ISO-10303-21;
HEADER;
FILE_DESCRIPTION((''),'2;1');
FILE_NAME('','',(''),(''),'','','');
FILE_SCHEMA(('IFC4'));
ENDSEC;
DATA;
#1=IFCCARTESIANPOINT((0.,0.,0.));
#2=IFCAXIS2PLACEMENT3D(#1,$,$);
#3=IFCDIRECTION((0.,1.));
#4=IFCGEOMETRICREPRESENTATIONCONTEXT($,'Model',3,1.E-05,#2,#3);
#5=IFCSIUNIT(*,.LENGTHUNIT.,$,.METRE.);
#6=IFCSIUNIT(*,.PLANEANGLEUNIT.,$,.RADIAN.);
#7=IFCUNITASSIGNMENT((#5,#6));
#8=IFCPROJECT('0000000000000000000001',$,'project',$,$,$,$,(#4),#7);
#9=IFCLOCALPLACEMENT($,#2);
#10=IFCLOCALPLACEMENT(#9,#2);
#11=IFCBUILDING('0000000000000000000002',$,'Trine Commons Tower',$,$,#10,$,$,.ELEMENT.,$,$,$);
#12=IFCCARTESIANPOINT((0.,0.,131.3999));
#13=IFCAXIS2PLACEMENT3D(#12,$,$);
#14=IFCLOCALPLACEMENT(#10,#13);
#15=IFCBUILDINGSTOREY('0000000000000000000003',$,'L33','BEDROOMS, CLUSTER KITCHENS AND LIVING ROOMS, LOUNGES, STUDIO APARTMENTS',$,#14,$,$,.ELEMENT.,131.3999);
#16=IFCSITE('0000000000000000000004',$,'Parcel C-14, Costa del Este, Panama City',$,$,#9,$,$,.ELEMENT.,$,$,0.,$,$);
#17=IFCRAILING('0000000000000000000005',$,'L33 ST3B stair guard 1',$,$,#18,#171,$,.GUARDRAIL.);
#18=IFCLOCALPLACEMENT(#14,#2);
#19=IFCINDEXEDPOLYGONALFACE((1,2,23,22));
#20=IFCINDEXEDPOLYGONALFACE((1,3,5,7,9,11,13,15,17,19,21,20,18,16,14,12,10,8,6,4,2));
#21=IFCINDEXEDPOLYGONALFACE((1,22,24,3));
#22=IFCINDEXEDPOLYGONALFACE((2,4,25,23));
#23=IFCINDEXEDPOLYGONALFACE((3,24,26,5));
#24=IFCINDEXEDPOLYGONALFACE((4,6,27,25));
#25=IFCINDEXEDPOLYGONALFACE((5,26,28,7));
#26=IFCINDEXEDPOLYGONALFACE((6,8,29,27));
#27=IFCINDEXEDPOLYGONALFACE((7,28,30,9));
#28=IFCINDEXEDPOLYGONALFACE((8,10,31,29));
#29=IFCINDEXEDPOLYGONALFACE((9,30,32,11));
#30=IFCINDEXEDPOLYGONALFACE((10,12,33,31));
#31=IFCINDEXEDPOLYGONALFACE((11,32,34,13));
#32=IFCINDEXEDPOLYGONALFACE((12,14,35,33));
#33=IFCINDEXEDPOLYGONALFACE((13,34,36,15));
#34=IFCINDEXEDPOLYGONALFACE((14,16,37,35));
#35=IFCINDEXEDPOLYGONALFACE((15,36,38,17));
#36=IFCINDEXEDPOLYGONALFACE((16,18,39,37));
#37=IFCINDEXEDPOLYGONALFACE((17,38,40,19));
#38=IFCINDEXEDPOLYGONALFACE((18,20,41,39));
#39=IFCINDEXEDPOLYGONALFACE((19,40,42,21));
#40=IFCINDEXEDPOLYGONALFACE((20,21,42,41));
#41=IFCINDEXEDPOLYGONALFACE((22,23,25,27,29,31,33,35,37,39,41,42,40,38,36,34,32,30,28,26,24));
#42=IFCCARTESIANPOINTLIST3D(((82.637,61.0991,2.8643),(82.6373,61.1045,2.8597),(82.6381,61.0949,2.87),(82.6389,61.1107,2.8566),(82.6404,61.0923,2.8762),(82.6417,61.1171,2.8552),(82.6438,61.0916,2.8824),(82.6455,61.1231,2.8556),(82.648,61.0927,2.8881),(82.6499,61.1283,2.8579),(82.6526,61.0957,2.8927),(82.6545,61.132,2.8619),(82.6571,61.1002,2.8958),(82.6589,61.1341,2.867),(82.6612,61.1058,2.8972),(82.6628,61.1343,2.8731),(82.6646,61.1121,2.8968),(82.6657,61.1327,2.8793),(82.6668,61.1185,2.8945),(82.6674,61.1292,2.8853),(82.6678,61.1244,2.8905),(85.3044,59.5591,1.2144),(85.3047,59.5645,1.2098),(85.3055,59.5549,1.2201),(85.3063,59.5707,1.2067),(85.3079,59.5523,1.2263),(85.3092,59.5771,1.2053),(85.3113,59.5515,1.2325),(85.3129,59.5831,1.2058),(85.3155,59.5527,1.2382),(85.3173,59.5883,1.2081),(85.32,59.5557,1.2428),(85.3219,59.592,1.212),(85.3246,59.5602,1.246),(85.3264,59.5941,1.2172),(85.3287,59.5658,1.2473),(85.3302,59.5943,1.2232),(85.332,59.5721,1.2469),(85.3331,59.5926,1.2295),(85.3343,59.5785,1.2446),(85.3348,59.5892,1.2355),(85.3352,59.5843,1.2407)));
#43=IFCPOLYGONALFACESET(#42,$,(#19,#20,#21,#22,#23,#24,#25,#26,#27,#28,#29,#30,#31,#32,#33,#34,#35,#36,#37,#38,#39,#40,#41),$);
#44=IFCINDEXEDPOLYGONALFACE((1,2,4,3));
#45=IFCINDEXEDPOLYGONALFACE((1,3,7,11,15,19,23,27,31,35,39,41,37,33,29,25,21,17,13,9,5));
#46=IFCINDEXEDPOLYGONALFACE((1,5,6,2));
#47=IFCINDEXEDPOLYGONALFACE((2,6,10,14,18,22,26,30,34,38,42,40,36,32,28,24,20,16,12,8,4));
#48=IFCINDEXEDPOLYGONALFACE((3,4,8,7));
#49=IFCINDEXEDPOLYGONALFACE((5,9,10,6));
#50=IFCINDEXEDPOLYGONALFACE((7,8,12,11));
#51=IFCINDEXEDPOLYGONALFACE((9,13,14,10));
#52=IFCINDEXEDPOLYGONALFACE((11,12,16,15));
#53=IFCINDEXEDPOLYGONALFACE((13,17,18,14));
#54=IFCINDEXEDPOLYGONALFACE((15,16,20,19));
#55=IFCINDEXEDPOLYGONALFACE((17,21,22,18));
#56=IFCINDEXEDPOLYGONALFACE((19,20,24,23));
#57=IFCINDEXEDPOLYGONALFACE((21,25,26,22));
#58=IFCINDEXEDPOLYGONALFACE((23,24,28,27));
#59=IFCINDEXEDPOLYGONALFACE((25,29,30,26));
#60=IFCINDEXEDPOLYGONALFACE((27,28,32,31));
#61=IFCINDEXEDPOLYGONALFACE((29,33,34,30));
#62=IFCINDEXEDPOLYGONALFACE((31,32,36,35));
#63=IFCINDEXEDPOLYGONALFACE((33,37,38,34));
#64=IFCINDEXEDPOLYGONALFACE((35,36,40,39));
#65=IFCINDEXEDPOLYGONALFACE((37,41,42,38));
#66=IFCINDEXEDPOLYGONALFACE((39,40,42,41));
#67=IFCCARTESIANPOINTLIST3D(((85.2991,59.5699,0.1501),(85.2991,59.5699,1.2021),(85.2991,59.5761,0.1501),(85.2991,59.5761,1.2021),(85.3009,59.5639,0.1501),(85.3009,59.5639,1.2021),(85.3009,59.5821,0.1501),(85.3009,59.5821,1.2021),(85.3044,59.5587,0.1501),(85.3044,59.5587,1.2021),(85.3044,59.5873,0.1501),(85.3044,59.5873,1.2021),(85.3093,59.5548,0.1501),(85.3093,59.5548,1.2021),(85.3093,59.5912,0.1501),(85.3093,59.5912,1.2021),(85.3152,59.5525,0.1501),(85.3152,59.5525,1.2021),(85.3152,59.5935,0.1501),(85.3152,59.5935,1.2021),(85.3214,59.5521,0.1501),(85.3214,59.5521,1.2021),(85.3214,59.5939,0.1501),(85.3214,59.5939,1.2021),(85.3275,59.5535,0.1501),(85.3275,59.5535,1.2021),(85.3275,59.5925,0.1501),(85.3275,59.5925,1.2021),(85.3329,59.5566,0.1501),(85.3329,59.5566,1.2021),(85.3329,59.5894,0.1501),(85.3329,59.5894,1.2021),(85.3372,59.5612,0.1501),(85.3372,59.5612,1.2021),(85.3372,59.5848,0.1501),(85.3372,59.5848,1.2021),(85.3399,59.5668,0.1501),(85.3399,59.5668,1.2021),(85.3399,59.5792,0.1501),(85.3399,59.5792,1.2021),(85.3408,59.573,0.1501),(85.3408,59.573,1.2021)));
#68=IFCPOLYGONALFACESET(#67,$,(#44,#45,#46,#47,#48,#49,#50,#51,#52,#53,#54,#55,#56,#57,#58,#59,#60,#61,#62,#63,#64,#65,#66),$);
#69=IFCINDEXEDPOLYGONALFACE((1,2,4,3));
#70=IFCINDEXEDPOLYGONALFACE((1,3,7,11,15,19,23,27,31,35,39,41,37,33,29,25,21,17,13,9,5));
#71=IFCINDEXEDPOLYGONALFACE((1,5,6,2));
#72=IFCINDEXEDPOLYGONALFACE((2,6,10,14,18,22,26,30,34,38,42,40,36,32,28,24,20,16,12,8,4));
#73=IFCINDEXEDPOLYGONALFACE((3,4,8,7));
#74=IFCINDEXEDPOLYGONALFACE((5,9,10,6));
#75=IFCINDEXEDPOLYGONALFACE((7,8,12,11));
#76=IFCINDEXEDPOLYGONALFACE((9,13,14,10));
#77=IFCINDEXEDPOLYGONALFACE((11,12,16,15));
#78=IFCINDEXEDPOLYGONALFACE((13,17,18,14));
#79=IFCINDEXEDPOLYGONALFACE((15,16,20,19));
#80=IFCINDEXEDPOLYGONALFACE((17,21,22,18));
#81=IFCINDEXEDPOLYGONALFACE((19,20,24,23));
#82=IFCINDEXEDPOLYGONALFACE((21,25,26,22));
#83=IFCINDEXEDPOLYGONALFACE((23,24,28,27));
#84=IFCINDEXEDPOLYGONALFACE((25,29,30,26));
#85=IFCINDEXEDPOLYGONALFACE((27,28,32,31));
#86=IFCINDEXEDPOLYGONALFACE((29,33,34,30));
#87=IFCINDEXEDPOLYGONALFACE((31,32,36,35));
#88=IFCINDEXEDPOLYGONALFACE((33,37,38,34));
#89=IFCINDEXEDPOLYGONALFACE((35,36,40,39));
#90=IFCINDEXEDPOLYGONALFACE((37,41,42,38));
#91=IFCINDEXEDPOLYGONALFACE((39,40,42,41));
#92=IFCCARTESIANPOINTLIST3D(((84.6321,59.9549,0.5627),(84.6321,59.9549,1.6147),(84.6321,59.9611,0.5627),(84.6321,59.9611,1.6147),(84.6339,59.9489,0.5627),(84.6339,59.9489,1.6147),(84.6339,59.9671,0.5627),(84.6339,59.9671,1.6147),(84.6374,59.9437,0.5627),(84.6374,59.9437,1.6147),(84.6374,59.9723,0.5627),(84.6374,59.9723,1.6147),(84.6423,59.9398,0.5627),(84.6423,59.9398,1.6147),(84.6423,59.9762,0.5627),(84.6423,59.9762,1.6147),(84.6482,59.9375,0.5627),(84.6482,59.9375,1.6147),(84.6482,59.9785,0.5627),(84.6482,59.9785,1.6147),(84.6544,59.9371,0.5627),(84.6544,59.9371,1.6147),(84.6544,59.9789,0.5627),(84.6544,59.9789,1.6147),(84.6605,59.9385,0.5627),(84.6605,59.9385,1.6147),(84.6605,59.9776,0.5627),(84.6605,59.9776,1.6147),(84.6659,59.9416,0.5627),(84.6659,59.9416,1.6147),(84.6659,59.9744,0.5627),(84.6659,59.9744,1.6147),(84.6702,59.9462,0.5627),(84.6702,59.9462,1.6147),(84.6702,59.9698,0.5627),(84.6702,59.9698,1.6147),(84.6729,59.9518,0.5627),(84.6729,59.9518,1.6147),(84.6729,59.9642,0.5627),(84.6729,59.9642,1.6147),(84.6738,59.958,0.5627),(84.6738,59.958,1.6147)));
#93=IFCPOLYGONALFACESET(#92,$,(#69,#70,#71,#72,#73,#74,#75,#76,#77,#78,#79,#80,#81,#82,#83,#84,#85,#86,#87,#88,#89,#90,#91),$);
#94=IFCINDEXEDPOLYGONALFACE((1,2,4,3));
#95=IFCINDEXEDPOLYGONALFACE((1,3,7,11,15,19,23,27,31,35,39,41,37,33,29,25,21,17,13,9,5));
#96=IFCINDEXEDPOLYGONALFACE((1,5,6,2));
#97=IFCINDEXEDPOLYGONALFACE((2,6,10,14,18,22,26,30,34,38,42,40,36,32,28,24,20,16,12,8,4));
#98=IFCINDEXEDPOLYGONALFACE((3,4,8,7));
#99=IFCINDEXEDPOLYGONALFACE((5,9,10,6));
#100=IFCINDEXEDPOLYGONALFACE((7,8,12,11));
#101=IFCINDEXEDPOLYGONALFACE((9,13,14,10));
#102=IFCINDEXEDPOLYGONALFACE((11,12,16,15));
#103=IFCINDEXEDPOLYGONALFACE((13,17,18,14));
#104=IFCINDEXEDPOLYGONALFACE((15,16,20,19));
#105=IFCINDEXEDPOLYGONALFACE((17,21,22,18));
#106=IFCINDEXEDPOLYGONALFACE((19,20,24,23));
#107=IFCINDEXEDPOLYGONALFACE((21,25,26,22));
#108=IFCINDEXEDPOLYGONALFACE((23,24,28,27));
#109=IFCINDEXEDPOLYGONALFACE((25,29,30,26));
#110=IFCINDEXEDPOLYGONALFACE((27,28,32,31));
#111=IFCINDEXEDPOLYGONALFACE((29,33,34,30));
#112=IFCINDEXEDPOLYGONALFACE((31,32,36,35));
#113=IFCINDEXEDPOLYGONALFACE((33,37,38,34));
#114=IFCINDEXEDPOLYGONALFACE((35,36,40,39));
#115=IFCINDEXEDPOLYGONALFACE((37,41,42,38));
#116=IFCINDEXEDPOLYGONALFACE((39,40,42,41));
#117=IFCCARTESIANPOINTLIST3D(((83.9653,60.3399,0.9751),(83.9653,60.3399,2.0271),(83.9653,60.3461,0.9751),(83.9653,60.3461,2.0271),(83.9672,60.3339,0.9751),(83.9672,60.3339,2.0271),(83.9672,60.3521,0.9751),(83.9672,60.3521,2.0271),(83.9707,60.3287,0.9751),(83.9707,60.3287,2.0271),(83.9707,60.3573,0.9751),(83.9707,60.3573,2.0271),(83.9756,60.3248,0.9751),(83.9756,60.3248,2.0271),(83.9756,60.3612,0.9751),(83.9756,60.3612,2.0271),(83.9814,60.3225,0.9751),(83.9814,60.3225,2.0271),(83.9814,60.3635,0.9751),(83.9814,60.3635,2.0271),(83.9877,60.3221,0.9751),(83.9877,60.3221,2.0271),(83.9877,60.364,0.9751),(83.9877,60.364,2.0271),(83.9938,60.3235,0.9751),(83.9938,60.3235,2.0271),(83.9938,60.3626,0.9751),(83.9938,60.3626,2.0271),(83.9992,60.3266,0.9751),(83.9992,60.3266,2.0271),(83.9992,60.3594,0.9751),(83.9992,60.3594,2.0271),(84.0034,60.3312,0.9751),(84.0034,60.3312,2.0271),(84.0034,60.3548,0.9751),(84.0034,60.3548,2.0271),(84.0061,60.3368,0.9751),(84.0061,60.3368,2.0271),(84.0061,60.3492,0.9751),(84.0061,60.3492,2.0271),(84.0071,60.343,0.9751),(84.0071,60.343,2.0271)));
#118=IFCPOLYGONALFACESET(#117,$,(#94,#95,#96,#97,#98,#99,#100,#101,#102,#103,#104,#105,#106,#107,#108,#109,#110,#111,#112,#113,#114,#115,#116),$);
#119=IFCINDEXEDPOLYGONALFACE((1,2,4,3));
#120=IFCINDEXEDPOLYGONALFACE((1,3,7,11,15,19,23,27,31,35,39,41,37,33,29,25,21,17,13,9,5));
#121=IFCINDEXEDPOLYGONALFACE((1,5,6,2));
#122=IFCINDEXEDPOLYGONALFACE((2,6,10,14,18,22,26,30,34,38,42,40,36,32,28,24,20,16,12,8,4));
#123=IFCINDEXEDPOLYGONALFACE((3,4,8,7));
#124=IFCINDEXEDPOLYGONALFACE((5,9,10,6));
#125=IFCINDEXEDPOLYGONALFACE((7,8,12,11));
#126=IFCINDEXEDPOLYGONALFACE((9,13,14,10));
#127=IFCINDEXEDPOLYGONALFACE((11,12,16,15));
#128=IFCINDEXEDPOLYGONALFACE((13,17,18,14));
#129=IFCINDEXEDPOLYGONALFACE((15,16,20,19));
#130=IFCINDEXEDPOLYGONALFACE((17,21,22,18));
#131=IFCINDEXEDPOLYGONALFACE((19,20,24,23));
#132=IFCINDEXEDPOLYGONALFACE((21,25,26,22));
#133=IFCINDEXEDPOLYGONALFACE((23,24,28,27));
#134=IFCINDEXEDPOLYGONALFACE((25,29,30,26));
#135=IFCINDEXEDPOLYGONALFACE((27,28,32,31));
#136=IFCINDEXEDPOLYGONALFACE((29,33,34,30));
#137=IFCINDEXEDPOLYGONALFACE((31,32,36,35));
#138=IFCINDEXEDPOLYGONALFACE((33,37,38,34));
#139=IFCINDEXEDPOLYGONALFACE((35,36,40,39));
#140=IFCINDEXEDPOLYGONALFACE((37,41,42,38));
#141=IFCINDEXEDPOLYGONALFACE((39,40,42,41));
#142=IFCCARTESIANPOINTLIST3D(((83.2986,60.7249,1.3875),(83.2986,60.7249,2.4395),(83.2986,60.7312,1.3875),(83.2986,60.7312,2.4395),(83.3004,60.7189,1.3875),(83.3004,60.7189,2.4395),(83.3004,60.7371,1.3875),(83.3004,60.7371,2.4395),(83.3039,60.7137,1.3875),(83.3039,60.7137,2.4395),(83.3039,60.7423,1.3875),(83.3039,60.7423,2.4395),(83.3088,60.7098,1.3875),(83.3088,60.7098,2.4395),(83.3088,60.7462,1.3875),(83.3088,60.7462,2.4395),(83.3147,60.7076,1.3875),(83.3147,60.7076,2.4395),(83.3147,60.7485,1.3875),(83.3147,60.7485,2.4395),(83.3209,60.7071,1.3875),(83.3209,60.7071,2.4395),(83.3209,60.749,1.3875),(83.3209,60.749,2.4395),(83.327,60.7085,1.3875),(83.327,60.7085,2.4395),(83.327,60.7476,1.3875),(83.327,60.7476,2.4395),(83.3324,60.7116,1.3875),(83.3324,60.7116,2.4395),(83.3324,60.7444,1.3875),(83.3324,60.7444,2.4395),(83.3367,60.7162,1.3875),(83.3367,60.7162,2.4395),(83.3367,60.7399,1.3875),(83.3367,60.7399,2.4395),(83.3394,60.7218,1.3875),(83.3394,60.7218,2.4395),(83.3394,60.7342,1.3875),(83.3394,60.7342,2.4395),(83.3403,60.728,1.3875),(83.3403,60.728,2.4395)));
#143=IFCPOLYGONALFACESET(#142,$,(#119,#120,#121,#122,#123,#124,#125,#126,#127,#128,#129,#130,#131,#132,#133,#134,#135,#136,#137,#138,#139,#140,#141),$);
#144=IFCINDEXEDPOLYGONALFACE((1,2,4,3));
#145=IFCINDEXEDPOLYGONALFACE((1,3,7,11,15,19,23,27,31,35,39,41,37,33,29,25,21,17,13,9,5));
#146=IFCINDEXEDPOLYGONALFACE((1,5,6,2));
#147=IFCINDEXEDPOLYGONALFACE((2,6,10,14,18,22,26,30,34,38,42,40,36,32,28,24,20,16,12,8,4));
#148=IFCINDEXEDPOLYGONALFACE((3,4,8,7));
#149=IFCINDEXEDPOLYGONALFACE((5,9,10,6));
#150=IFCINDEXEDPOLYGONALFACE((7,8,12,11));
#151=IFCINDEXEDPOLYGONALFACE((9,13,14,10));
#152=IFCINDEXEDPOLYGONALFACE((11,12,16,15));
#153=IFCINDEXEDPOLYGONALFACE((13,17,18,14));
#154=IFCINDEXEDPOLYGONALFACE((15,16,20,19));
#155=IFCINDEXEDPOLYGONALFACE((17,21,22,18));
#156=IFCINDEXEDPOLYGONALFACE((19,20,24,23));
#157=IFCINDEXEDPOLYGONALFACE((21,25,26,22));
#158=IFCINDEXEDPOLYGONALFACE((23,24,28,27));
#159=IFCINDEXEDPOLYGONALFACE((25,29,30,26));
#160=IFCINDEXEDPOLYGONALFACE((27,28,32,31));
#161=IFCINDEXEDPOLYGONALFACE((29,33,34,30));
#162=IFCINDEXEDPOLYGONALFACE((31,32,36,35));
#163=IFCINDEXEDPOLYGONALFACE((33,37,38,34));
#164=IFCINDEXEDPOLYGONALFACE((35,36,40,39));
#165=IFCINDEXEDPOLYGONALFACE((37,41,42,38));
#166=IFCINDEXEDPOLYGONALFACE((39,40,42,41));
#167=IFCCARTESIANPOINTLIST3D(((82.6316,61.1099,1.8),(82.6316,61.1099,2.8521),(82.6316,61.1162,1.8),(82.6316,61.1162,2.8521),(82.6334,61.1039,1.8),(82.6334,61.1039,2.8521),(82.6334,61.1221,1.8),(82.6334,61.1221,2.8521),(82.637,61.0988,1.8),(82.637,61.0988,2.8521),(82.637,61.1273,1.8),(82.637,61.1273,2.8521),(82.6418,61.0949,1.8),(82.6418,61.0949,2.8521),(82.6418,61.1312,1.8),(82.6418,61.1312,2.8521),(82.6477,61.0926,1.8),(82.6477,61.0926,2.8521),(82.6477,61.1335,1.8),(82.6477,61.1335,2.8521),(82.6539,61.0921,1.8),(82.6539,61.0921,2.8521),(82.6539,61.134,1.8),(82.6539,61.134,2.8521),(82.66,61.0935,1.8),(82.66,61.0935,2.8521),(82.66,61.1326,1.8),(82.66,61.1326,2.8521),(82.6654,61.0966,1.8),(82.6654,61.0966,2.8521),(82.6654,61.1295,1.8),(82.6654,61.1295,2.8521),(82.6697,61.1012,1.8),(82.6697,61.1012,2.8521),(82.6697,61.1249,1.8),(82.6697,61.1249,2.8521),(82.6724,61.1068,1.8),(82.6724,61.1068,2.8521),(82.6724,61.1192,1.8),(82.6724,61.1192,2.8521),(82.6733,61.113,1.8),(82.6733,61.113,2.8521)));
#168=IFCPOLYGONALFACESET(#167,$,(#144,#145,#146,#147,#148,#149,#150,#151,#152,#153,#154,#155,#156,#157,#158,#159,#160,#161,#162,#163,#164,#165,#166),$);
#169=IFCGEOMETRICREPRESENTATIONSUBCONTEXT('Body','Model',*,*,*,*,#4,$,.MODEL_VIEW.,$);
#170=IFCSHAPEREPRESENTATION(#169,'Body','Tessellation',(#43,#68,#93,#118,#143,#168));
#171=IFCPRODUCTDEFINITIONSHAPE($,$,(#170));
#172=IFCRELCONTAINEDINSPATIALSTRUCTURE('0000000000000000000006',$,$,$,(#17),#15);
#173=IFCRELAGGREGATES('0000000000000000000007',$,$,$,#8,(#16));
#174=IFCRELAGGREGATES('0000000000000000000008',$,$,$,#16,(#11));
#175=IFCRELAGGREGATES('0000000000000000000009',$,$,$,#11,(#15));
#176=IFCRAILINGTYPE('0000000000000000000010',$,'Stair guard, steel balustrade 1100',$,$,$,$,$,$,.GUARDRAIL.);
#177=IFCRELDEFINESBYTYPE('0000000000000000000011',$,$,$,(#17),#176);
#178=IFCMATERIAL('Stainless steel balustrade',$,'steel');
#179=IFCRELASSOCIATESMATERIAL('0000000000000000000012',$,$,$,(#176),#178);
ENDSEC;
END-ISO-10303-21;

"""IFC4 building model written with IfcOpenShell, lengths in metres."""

from ifc_helpers import new_model, si_unit, direction, frame, origin, origin_2d, place, context, subcontext, project, spatial, circle, extrude, material, type_object, element, save


model = new_model("IFC4")

# Units and contexts
model_context = context("Model", 3, precision=1e-05, world=origin(), true_north=direction((0.0, 1.0)))
body_context = subcontext(model_context, "Body", "Model", "MODEL_VIEW")
ifc_project = project(units=[si_unit("LENGTHUNIT", "METRE"), si_unit("PLANEANGLEUNIT", "RADIAN")], contexts=[model_context])

# Site, building, storey
site_placement = place(None, origin())
site = spatial("IfcSite", under=ifc_project, at=site_placement, Name="Parcel C-14, Costa del Este, Panama City", CompositionType="ELEMENT", RefElevation=0.0)
building_placement = place(site_placement, origin())
building = spatial("IfcBuilding", under=site, at=building_placement, Name="Trine Commons Tower", CompositionType="ELEMENT")
storey_placement = place(building_placement, frame((0.0, 0.0, 131.3999)))
storey = spatial("IfcBuildingStorey", under=building, at=storey_placement, Name="L33", Description="BEDROOMS, CLUSTER KITCHENS AND LIVING ROOMS, LOUNGES, STUDIO APARTMENTS", CompositionType="ELEMENT", Elevation=131.3999)

# Railing
ifc_material_1 = material(Name="Stainless steel balustrade", Category="steel")
railing_type_1 = type_object("IfcRailingType", Name="Stair guard, steel balustrade 1100", PredefinedType="GUARDRAIL", material=ifc_material_1)
railing_1_placement = place(storey_placement, frame((85.3198, 59.573, 0.1501)))
element("IfcRailing", 1, at=railing_1_placement, inside=storey, type_object=railing_type_1, Name="L33 ST3B stair guard 1", PredefinedType="GUARDRAIL", context=body_context, shape_type="SweptSolid", body=[
    extrude(circle(Radius=0.0239, at=origin_2d()), frame((0.0, 0.0, 1.0762), z_axis=(-0.763405, 0.440743, 0.472185), x_axis=(-0.499992, -0.86603, 0.0)), (0.0, 0.0, 1.0), 3.4941),
    extrude(circle(Radius=0.021, at=origin_2d()), origin(), (0.0, 0.0, 1.0), 1.052),
    extrude(circle(Radius=0.021, at=origin_2d()), frame((-0.667, 0.385, 0.4126)), (0.0, 0.0, 1.0), 1.052),
    extrude(circle(Radius=0.021, at=origin_2d()), frame((-1.3337, 0.77, 0.825)), (0.0, 0.0, 1.0), 1.052),
    extrude(circle(Radius=0.021, at=origin_2d()), frame((-2.0005, 1.155, 1.2373)), (0.0, 0.0, 1.0), 1.052),
    extrude(circle(Radius=0.021, at=origin_2d()), frame((-2.6675, 1.54, 1.6499)), (0.0, 0.0, 1.0), 1.052),
])

save(model, "model.ifc")
